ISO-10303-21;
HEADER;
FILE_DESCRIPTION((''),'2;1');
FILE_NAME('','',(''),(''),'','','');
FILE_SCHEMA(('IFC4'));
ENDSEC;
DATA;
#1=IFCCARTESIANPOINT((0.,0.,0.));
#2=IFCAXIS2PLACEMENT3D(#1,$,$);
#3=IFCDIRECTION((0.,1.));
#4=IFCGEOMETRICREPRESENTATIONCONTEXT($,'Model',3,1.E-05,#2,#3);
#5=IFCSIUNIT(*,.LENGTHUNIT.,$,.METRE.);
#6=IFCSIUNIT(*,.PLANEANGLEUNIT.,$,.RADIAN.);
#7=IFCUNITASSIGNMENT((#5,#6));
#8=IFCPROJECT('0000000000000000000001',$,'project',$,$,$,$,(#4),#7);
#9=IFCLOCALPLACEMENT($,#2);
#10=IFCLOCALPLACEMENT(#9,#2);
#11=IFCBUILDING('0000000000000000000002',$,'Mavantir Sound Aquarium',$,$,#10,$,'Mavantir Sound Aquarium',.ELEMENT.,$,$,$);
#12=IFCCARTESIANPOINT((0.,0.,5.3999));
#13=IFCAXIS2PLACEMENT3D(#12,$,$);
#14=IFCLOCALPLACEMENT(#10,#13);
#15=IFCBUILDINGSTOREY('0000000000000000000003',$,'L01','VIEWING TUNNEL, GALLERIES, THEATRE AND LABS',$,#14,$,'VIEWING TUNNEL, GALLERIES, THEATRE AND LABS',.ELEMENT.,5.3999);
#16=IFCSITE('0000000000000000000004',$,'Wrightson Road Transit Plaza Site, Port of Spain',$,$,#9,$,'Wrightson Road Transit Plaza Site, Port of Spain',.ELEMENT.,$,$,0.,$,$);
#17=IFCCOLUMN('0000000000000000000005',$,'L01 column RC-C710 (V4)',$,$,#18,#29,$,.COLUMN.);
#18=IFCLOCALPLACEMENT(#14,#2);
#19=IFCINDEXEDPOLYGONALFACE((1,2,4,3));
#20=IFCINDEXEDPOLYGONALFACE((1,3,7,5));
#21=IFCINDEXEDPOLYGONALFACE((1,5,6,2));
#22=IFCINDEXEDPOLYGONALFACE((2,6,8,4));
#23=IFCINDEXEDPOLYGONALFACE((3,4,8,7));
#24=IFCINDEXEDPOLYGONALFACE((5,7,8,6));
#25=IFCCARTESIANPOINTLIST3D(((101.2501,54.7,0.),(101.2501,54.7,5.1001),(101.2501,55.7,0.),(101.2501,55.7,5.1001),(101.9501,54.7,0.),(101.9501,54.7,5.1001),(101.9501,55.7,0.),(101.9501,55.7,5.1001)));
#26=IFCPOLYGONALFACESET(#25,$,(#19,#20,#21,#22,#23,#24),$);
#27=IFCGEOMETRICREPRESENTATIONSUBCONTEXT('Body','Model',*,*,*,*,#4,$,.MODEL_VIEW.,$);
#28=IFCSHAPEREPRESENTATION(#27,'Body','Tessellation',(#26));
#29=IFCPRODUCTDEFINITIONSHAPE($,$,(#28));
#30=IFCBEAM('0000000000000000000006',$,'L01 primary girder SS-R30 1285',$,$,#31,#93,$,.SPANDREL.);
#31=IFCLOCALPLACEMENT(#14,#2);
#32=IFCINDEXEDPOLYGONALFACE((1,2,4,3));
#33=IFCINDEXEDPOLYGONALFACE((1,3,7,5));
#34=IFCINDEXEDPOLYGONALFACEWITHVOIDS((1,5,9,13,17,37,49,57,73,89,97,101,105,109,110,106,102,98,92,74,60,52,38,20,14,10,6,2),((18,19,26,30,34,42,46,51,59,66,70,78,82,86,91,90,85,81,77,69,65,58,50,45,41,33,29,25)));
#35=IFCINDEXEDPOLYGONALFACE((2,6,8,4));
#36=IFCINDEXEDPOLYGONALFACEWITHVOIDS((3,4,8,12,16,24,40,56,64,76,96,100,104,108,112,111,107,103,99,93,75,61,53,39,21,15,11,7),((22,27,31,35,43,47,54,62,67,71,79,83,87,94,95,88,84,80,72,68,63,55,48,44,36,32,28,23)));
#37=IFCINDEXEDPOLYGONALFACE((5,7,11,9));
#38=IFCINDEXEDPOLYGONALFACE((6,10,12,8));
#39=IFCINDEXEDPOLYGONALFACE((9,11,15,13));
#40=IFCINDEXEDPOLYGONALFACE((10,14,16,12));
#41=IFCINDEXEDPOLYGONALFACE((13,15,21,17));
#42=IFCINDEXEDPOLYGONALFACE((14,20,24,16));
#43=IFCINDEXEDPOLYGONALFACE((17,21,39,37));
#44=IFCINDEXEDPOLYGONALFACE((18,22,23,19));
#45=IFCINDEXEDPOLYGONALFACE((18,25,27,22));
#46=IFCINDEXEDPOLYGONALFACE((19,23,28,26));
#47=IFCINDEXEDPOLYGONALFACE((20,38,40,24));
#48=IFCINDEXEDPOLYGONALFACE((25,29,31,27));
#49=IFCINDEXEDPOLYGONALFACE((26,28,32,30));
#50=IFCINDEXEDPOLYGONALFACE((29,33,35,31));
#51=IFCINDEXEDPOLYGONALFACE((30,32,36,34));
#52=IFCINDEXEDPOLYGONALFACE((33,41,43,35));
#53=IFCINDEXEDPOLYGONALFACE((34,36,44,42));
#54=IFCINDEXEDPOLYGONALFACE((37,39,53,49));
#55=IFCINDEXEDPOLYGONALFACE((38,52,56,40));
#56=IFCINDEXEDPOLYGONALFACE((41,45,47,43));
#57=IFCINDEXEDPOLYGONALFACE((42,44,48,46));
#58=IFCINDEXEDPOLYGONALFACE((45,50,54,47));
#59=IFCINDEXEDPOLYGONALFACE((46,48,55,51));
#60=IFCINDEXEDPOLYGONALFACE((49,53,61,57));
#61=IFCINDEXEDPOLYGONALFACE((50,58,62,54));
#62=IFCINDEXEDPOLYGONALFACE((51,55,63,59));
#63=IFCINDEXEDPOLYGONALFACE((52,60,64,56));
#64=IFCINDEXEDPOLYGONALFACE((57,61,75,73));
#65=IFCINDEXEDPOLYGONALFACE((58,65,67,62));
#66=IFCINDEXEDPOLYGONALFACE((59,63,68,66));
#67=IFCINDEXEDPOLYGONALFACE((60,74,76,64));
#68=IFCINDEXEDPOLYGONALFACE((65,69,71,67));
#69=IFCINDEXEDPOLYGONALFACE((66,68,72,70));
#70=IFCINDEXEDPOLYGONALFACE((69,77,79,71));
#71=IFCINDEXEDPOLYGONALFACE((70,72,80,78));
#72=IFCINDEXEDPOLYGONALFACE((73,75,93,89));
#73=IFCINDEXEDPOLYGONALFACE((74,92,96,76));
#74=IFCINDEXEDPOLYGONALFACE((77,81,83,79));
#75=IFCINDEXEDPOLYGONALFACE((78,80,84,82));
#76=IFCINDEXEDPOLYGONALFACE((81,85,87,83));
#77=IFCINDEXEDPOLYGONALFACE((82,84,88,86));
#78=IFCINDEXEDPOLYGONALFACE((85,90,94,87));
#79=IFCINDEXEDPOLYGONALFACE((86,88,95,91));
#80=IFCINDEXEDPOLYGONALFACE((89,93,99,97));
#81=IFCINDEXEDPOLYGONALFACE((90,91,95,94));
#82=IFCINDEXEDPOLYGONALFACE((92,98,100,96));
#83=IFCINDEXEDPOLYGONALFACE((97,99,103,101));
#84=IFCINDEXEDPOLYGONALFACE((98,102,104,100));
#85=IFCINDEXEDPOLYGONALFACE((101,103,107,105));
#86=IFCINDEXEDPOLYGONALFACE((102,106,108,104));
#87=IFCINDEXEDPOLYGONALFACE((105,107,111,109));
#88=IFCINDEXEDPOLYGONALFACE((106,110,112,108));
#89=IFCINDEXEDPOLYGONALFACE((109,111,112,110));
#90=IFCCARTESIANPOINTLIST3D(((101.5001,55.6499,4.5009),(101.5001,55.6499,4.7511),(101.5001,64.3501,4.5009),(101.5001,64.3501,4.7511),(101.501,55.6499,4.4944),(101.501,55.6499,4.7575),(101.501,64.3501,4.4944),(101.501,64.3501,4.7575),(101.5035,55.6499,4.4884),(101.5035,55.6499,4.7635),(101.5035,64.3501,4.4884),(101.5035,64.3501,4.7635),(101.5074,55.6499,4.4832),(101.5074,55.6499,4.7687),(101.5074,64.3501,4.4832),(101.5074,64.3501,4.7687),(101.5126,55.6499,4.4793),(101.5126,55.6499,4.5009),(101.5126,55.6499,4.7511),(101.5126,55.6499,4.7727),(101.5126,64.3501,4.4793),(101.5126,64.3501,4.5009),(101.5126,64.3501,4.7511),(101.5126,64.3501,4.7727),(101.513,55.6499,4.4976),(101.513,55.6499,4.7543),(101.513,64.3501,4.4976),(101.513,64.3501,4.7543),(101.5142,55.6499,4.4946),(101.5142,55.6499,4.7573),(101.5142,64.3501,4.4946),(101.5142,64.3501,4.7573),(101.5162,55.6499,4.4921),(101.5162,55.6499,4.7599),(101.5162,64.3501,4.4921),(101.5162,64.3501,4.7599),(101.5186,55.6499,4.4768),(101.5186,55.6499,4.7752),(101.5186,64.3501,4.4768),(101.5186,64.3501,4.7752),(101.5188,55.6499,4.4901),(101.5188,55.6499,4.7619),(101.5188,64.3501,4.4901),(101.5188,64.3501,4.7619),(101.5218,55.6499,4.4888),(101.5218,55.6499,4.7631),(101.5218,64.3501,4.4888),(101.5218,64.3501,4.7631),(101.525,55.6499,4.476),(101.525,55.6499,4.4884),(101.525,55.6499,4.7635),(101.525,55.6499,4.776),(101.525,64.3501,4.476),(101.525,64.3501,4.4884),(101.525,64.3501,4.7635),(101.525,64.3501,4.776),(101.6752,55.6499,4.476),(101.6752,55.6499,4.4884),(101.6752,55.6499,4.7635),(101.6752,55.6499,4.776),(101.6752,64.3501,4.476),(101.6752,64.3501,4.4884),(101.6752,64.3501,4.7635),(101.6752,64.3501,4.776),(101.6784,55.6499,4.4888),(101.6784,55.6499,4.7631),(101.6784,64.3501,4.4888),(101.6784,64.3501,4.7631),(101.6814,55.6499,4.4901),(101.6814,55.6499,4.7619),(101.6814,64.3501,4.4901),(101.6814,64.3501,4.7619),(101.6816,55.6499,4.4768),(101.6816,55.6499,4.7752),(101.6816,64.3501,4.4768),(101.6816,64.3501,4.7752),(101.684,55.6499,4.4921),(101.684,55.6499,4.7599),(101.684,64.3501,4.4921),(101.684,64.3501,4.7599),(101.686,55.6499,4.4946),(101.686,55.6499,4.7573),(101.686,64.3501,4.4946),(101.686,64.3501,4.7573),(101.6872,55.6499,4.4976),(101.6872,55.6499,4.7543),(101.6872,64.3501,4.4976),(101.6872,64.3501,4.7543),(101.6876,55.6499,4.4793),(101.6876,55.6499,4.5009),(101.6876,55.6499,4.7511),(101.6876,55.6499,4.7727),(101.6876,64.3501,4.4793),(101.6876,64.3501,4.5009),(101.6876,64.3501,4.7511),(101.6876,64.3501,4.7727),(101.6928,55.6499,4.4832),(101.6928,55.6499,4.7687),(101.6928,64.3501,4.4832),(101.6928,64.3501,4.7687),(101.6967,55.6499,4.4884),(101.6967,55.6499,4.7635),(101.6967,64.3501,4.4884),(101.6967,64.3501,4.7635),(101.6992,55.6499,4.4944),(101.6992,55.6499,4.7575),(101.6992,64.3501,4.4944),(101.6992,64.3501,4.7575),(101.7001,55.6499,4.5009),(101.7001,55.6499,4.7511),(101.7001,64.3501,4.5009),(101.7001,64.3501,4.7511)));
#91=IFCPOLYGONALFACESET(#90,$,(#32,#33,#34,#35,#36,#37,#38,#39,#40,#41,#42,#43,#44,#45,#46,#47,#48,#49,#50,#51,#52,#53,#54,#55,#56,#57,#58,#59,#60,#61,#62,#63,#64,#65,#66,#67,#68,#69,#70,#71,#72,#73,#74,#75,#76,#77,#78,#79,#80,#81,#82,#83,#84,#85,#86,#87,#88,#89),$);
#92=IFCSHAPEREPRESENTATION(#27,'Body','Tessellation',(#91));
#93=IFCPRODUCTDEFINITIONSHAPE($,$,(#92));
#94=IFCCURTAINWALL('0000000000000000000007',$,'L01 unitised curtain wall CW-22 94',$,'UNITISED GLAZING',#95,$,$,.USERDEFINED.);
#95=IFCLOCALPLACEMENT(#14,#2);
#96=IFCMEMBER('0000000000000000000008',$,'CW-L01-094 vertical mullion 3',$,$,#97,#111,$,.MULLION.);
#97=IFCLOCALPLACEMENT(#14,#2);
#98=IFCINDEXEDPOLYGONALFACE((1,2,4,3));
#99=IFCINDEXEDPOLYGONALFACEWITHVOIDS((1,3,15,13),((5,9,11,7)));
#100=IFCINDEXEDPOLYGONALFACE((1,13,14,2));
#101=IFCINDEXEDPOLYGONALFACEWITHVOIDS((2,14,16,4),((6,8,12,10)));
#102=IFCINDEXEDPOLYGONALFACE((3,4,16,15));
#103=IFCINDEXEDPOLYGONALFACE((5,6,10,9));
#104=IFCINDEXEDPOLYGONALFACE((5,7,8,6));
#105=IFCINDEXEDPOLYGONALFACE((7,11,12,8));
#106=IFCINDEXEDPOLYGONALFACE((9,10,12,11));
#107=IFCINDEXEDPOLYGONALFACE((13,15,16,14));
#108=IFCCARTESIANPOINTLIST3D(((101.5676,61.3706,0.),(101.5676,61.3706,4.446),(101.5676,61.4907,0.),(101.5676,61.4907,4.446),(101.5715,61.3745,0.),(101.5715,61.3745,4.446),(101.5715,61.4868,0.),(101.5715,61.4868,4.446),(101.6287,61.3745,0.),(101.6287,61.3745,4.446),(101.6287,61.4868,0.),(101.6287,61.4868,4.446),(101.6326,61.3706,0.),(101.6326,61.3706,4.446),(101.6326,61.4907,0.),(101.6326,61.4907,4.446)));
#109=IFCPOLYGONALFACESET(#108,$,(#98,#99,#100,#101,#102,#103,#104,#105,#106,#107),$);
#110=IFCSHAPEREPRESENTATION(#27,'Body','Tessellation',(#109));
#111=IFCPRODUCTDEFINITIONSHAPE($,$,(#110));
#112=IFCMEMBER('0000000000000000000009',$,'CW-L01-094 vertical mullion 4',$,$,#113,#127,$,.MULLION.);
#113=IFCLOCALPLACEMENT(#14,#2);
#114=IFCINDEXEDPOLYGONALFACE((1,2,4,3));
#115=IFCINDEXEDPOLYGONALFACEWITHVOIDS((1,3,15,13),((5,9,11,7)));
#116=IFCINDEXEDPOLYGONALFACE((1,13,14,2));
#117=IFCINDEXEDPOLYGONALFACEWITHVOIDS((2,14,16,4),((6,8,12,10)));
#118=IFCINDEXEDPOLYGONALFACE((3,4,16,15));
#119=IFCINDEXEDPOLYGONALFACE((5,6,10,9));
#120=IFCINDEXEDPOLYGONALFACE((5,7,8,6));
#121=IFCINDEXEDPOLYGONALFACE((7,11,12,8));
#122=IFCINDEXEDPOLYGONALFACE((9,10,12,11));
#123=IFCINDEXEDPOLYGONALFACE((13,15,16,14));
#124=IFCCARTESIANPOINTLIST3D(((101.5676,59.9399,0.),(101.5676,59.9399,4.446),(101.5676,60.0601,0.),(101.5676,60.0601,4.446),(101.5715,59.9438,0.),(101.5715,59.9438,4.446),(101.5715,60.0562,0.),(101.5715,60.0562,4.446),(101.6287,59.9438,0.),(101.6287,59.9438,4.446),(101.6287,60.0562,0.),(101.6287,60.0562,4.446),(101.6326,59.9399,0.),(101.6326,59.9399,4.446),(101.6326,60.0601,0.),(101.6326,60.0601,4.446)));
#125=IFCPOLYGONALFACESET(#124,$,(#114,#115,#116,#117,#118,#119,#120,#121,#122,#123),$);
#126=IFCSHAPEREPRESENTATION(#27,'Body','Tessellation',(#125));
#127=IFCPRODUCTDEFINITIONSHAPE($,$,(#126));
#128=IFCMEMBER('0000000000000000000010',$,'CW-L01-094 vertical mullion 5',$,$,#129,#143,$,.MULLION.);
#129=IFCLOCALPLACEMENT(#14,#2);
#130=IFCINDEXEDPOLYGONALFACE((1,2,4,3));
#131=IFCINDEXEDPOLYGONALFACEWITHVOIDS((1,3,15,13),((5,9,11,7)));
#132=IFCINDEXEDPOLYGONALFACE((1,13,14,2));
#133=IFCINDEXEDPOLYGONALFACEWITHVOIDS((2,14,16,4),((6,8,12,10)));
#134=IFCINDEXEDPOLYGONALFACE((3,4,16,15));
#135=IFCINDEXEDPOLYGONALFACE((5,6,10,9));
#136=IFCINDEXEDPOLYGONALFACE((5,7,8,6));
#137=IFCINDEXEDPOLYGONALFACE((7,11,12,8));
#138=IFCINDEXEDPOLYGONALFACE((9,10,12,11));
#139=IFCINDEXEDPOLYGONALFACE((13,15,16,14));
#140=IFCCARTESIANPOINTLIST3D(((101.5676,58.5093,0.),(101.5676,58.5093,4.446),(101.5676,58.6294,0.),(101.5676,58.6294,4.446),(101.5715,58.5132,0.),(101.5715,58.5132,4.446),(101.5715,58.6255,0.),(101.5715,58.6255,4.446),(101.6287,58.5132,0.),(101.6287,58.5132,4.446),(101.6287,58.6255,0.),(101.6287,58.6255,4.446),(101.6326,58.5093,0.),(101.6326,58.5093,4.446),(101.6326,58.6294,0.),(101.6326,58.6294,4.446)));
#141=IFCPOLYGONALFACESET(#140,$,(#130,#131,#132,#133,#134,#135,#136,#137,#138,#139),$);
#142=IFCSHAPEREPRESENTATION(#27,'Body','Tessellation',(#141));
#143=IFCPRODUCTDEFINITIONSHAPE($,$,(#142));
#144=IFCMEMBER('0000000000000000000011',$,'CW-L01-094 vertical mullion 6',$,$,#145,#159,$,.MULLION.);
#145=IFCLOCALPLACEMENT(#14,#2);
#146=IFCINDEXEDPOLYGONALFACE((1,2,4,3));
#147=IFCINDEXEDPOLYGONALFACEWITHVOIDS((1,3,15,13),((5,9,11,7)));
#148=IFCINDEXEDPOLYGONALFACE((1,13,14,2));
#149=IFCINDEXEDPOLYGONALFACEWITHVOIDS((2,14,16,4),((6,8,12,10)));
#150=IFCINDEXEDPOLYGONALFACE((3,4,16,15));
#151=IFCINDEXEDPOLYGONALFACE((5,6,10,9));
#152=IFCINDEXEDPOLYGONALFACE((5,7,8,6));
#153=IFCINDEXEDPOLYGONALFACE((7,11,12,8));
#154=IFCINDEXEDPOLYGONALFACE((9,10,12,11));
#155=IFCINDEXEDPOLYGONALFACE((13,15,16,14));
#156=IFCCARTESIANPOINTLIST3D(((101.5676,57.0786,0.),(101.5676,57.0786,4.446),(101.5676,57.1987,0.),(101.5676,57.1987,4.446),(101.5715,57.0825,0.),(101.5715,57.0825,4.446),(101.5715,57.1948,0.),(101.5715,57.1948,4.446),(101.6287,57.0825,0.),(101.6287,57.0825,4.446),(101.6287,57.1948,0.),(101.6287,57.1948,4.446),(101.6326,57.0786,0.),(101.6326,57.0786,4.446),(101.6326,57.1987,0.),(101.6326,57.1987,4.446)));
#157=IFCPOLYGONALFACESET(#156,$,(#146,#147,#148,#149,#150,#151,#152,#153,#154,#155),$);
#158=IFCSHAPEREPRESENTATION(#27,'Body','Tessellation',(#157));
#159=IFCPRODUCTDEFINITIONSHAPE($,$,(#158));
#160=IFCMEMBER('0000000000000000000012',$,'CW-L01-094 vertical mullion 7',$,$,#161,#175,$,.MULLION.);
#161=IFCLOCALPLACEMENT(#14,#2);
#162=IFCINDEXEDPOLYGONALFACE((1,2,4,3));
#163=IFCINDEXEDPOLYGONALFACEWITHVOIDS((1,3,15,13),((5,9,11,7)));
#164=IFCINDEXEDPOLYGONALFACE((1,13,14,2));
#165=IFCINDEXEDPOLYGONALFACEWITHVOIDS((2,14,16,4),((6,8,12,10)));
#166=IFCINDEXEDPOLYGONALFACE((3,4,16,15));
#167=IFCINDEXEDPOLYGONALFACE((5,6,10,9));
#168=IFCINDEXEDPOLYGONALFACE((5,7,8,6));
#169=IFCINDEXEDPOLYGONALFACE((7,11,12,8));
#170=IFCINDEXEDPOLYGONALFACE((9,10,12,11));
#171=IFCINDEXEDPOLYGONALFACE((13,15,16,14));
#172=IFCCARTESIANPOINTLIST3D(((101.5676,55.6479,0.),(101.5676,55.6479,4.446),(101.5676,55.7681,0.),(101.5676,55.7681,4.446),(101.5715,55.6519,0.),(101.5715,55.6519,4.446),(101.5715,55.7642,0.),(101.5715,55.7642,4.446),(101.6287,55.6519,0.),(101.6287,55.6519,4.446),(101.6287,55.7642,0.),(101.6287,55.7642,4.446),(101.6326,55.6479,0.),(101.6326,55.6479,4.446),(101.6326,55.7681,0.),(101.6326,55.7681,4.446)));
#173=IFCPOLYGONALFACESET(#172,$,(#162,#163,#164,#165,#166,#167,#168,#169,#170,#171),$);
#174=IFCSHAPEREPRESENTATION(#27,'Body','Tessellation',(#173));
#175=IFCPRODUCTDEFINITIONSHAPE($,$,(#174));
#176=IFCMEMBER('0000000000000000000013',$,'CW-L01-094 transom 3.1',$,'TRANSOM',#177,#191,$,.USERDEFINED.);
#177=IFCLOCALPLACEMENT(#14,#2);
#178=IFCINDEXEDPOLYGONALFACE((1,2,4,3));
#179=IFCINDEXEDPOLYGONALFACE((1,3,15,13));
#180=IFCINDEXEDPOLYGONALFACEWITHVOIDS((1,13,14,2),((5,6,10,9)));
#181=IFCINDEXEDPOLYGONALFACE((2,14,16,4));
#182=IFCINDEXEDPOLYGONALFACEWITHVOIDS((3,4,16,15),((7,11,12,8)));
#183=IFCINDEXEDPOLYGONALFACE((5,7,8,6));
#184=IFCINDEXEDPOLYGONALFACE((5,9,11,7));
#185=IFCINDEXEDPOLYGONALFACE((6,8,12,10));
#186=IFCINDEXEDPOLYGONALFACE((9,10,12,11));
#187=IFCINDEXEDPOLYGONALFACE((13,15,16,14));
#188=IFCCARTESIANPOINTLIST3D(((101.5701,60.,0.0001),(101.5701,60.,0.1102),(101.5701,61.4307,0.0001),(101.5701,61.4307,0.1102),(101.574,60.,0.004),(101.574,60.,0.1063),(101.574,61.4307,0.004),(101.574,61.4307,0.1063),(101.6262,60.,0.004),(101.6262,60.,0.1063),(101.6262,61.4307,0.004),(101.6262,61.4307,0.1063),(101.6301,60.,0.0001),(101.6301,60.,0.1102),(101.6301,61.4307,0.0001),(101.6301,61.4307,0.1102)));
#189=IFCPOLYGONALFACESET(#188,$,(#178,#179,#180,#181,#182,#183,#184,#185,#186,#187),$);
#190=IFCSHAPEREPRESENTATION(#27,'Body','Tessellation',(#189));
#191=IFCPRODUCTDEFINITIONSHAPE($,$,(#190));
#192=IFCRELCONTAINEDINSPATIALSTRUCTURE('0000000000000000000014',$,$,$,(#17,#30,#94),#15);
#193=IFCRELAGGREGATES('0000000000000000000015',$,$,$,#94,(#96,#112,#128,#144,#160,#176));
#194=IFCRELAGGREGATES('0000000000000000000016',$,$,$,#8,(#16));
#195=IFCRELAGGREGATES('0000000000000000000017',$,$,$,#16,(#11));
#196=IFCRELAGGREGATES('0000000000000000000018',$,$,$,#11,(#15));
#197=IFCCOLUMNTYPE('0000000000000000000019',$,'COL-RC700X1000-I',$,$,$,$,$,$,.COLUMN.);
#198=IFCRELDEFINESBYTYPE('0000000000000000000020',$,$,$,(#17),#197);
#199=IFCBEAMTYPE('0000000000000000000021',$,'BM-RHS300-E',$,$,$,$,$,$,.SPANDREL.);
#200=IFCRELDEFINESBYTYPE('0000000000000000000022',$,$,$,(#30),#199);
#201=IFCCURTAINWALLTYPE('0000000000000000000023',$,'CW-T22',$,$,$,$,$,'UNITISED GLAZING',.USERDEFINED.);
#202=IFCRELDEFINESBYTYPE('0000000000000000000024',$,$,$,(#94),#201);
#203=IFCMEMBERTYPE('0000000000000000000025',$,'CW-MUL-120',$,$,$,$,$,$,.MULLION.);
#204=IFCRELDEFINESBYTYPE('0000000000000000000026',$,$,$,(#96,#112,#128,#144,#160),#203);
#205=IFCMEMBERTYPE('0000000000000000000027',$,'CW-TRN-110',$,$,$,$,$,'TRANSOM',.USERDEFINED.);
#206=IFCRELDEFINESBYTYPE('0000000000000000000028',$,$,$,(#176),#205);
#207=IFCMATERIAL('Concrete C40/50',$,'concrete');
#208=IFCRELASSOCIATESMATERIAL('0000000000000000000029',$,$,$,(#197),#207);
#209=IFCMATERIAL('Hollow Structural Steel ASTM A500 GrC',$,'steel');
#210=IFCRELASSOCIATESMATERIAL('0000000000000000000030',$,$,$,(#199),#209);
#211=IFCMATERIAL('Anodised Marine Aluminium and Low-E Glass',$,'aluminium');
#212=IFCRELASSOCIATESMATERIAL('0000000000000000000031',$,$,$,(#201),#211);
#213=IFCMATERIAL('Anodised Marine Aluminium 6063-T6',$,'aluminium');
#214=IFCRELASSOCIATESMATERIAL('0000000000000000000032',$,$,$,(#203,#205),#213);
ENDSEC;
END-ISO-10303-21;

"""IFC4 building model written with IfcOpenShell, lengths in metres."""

from ifc_helpers import new_model, si_unit, direction, frame, origin, origin_2d, place, context, subcontext, project, spatial, rectangle, hollow_rectangle, extrude, material, material_profile, profile_set, type_object, element, aggregate, save


model = new_model("IFC4")

# Units and contexts
model_context = context("Model", 3, precision=1e-05, world=origin(), true_north=direction((0.0, 1.0)))
body_context = subcontext(model_context, "Body", "Model", "MODEL_VIEW")
ifc_project = project(units=[si_unit("LENGTHUNIT", "METRE"), si_unit("PLANEANGLEUNIT", "RADIAN")], contexts=[model_context])

# Site, building, storey
site_placement = place(None, origin())
site = spatial("IfcSite", under=ifc_project, at=site_placement, Name="Wrightson Road Transit Plaza Site, Port of Spain", LongName="Wrightson Road Transit Plaza Site, Port of Spain", CompositionType="ELEMENT", RefElevation=0.0)
building_placement = place(site_placement, origin())
building = spatial("IfcBuilding", under=site, at=building_placement, Name="Mavantir Sound Aquarium", LongName="Mavantir Sound Aquarium", CompositionType="ELEMENT")
storey_placement = place(building_placement, frame((0.0, 0.0, 5.3999)))
storey = spatial("IfcBuildingStorey", under=building, at=storey_placement, Name="L01", Description="VIEWING TUNNEL, GALLERIES, THEATRE AND LABS", LongName="VIEWING TUNNEL, GALLERIES, THEATRE AND LABS", CompositionType="ELEMENT", Elevation=5.3999)

# Column
ifc_material_1 = material(Name="Concrete C40/50", Category="concrete")
ifc_material_profile_1 = material_profile(ifc_material_1, rectangle(XDim=0.7, YDim=1.0, at=origin_2d()), Name="RC 700X1000")
ifc_profile_set_1 = profile_set([ifc_material_profile_1], Name="Concrete C40/50")
column_type = type_object("IfcColumnType", Name="COL-RC700X1000-I", PredefinedType="COLUMN", material=ifc_profile_set_1)
column_placement = place(storey_placement, frame((101.6001, 55.2, 0.0), z_axis=(0.0, 0.0, 1.0), x_axis=(1.0, 0.0, 0.0)))
element("IfcColumn", 1, at=column_placement, inside=storey, type_object=column_type, Name="L01 column RC-C710 (V4)", PredefinedType="COLUMN", context=body_context, shape_type="SweptSolid", body=[
    extrude(rectangle(XDim=0.7, YDim=1.0, at=origin_2d()), origin(), (0.0, 0.0, 1.0), 5.1001),
])

# Beam
ifc_material_2 = material(Name="Hollow Structural Steel ASTM A500 GrC", Category="steel")
ifc_material_profile_2 = material_profile(ifc_material_2, hollow_rectangle(XDim=0.2, YDim=0.3, WallThickness=0.0125, InnerFilletRadius=0.0125, OuterFilletRadius=0.0249, at=origin_2d()), Name="RHS 300X200X12.5")
ifc_profile_set_2 = profile_set([ifc_material_profile_2], Name="Hollow Structural Steel ASTM A500 GrC")
beam_type = type_object("IfcBeamType", Name="BM-RHS300-E", PredefinedType="SPANDREL", material=ifc_profile_set_2)
beam_placement = place(storey_placement, frame((101.6001, 55.6499, 4.626), z_axis=(0.0, 1.0, 0.0), x_axis=(-1.0, 0.0, 0.0)))
element("IfcBeam", 2, at=beam_placement, inside=storey, type_object=beam_type, Name="L01 primary girder SS-R30 1285", PredefinedType="SPANDREL", context=body_context, shape_type="SweptSolid", body=[
    extrude(hollow_rectangle(XDim=0.2, YDim=0.3, WallThickness=0.0125, InnerFilletRadius=0.0125, OuterFilletRadius=0.0249, at=origin_2d()), origin(), (0.0, 0.0, 1.0), 8.7002),
])

# Curtain wall, members
ifc_material_3 = material(Name="Anodised Marine Aluminium and Low-E Glass", Category="aluminium")
curtain_wall_type_1 = type_object("IfcCurtainWallType", Name="CW-T22", ElementType="UNITISED GLAZING", PredefinedType="USERDEFINED", material=ifc_material_3)
curtain_wall_1_placement = place(storey_placement, origin())
curtain_wall_1 = element("IfcCurtainWall", 3, at=curtain_wall_1_placement, inside=storey, type_object=curtain_wall_type_1, Name="L01 unitised curtain wall CW-22 94", ObjectType="UNITISED GLAZING", PredefinedType="USERDEFINED")
ifc_material_4 = material(Name="Anodised Marine Aluminium 6063-T6", Category="aluminium")
ifc_material_profile_3 = material_profile(ifc_material_4, hollow_rectangle(XDim=0.0649, YDim=0.1201, WallThickness=0.0039, at=origin_2d()), Name="ALU-MULLION-120X65")
ifc_profile_set_3 = profile_set([ifc_material_profile_3], Name="Anodised Marine Aluminium 6063-T6")
member_type_1 = type_object("IfcMemberType", Name="CW-MUL-120", PredefinedType="MULLION", material=ifc_profile_set_3)
member_1_placement = place(storey_placement, frame((101.6001, 61.4307, 0.0), z_axis=(0.0, 0.0, 1.0), x_axis=(1.0, 0.0, 0.0)))
member_1 = element("IfcMember", 4, at=member_1_placement, type_object=member_type_1, Name="CW-L01-094 vertical mullion 3", PredefinedType="MULLION", context=body_context, shape_type="SweptSolid", body=[
    extrude(hollow_rectangle(XDim=0.0649, YDim=0.1201, WallThickness=0.0039, at=origin_2d()), origin(), (0.0, 0.0, 1.0), 4.446),
])
member_2_placement = place(storey_placement, frame((101.6001, 60.0, 0.0), z_axis=(0.0, 0.0, 1.0), x_axis=(1.0, 0.0, 0.0)))
member_2 = element("IfcMember", 5, at=member_2_placement, type_object=member_type_1, Name="CW-L01-094 vertical mullion 4", PredefinedType="MULLION", context=body_context, shape_type="SweptSolid", body=[
    extrude(hollow_rectangle(XDim=0.0649, YDim=0.1201, WallThickness=0.0039, at=origin_2d()), origin(), (0.0, 0.0, 1.0), 4.446),
])
member_3_placement = place(storey_placement, frame((101.6001, 58.5693, 0.0), z_axis=(0.0, 0.0, 1.0), x_axis=(1.0, 0.0, 0.0)))
member_3 = element("IfcMember", 6, at=member_3_placement, type_object=member_type_1, Name="CW-L01-094 vertical mullion 5", PredefinedType="MULLION", context=body_context, shape_type="SweptSolid", body=[
    extrude(hollow_rectangle(XDim=0.0649, YDim=0.1201, WallThickness=0.0039, at=origin_2d()), origin(), (0.0, 0.0, 1.0), 4.446),
])
member_4_placement = place(storey_placement, frame((101.6001, 57.1387, 0.0), z_axis=(0.0, 0.0, 1.0), x_axis=(1.0, 0.0, 0.0)))
member_4 = element("IfcMember", 7, at=member_4_placement, type_object=member_type_1, Name="CW-L01-094 vertical mullion 6", PredefinedType="MULLION", context=body_context, shape_type="SweptSolid", body=[
    extrude(hollow_rectangle(XDim=0.0649, YDim=0.1201, WallThickness=0.0039, at=origin_2d()), origin(), (0.0, 0.0, 1.0), 4.446),
])
member_5_placement = place(storey_placement, frame((101.6001, 55.708, 0.0), z_axis=(0.0, 0.0, 1.0), x_axis=(1.0, 0.0, 0.0)))
member_5 = element("IfcMember", 8, at=member_5_placement, type_object=member_type_1, Name="CW-L01-094 vertical mullion 7", PredefinedType="MULLION", context=body_context, shape_type="SweptSolid", body=[
    extrude(hollow_rectangle(XDim=0.0649, YDim=0.1201, WallThickness=0.0039, at=origin_2d()), origin(), (0.0, 0.0, 1.0), 4.446),
])
ifc_material_profile_4 = material_profile(ifc_material_4, hollow_rectangle(XDim=0.0601, YDim=0.1101, WallThickness=0.0039, at=origin_2d()), Name="ALU-TRANSOM-110X60")
ifc_profile_set_4 = profile_set([ifc_material_profile_4], Name="Anodised Marine Aluminium 6063-T6")
member_type_2 = type_object("IfcMemberType", Name="CW-TRN-110", ElementType="TRANSOM", PredefinedType="USERDEFINED", material=ifc_profile_set_4)
member_6_placement = place(storey_placement, frame((101.6001, 61.4307, 0.0552), z_axis=(0.0, -1.0, 0.0), x_axis=(1.0, 0.0, 0.0)))
member_6 = element("IfcMember", 9, at=member_6_placement, type_object=member_type_2, Name="CW-L01-094 transom 3.1", ObjectType="TRANSOM", PredefinedType="USERDEFINED", context=body_context, shape_type="SweptSolid", body=[
    extrude(hollow_rectangle(XDim=0.0601, YDim=0.1101, WallThickness=0.0039, at=origin_2d()), origin(), (0.0, 0.0, 1.0), 1.4307),
])

aggregate(curtain_wall_1, [member_1, member_2, member_3, member_4, member_5, member_6])

save(model, "model.ifc")
